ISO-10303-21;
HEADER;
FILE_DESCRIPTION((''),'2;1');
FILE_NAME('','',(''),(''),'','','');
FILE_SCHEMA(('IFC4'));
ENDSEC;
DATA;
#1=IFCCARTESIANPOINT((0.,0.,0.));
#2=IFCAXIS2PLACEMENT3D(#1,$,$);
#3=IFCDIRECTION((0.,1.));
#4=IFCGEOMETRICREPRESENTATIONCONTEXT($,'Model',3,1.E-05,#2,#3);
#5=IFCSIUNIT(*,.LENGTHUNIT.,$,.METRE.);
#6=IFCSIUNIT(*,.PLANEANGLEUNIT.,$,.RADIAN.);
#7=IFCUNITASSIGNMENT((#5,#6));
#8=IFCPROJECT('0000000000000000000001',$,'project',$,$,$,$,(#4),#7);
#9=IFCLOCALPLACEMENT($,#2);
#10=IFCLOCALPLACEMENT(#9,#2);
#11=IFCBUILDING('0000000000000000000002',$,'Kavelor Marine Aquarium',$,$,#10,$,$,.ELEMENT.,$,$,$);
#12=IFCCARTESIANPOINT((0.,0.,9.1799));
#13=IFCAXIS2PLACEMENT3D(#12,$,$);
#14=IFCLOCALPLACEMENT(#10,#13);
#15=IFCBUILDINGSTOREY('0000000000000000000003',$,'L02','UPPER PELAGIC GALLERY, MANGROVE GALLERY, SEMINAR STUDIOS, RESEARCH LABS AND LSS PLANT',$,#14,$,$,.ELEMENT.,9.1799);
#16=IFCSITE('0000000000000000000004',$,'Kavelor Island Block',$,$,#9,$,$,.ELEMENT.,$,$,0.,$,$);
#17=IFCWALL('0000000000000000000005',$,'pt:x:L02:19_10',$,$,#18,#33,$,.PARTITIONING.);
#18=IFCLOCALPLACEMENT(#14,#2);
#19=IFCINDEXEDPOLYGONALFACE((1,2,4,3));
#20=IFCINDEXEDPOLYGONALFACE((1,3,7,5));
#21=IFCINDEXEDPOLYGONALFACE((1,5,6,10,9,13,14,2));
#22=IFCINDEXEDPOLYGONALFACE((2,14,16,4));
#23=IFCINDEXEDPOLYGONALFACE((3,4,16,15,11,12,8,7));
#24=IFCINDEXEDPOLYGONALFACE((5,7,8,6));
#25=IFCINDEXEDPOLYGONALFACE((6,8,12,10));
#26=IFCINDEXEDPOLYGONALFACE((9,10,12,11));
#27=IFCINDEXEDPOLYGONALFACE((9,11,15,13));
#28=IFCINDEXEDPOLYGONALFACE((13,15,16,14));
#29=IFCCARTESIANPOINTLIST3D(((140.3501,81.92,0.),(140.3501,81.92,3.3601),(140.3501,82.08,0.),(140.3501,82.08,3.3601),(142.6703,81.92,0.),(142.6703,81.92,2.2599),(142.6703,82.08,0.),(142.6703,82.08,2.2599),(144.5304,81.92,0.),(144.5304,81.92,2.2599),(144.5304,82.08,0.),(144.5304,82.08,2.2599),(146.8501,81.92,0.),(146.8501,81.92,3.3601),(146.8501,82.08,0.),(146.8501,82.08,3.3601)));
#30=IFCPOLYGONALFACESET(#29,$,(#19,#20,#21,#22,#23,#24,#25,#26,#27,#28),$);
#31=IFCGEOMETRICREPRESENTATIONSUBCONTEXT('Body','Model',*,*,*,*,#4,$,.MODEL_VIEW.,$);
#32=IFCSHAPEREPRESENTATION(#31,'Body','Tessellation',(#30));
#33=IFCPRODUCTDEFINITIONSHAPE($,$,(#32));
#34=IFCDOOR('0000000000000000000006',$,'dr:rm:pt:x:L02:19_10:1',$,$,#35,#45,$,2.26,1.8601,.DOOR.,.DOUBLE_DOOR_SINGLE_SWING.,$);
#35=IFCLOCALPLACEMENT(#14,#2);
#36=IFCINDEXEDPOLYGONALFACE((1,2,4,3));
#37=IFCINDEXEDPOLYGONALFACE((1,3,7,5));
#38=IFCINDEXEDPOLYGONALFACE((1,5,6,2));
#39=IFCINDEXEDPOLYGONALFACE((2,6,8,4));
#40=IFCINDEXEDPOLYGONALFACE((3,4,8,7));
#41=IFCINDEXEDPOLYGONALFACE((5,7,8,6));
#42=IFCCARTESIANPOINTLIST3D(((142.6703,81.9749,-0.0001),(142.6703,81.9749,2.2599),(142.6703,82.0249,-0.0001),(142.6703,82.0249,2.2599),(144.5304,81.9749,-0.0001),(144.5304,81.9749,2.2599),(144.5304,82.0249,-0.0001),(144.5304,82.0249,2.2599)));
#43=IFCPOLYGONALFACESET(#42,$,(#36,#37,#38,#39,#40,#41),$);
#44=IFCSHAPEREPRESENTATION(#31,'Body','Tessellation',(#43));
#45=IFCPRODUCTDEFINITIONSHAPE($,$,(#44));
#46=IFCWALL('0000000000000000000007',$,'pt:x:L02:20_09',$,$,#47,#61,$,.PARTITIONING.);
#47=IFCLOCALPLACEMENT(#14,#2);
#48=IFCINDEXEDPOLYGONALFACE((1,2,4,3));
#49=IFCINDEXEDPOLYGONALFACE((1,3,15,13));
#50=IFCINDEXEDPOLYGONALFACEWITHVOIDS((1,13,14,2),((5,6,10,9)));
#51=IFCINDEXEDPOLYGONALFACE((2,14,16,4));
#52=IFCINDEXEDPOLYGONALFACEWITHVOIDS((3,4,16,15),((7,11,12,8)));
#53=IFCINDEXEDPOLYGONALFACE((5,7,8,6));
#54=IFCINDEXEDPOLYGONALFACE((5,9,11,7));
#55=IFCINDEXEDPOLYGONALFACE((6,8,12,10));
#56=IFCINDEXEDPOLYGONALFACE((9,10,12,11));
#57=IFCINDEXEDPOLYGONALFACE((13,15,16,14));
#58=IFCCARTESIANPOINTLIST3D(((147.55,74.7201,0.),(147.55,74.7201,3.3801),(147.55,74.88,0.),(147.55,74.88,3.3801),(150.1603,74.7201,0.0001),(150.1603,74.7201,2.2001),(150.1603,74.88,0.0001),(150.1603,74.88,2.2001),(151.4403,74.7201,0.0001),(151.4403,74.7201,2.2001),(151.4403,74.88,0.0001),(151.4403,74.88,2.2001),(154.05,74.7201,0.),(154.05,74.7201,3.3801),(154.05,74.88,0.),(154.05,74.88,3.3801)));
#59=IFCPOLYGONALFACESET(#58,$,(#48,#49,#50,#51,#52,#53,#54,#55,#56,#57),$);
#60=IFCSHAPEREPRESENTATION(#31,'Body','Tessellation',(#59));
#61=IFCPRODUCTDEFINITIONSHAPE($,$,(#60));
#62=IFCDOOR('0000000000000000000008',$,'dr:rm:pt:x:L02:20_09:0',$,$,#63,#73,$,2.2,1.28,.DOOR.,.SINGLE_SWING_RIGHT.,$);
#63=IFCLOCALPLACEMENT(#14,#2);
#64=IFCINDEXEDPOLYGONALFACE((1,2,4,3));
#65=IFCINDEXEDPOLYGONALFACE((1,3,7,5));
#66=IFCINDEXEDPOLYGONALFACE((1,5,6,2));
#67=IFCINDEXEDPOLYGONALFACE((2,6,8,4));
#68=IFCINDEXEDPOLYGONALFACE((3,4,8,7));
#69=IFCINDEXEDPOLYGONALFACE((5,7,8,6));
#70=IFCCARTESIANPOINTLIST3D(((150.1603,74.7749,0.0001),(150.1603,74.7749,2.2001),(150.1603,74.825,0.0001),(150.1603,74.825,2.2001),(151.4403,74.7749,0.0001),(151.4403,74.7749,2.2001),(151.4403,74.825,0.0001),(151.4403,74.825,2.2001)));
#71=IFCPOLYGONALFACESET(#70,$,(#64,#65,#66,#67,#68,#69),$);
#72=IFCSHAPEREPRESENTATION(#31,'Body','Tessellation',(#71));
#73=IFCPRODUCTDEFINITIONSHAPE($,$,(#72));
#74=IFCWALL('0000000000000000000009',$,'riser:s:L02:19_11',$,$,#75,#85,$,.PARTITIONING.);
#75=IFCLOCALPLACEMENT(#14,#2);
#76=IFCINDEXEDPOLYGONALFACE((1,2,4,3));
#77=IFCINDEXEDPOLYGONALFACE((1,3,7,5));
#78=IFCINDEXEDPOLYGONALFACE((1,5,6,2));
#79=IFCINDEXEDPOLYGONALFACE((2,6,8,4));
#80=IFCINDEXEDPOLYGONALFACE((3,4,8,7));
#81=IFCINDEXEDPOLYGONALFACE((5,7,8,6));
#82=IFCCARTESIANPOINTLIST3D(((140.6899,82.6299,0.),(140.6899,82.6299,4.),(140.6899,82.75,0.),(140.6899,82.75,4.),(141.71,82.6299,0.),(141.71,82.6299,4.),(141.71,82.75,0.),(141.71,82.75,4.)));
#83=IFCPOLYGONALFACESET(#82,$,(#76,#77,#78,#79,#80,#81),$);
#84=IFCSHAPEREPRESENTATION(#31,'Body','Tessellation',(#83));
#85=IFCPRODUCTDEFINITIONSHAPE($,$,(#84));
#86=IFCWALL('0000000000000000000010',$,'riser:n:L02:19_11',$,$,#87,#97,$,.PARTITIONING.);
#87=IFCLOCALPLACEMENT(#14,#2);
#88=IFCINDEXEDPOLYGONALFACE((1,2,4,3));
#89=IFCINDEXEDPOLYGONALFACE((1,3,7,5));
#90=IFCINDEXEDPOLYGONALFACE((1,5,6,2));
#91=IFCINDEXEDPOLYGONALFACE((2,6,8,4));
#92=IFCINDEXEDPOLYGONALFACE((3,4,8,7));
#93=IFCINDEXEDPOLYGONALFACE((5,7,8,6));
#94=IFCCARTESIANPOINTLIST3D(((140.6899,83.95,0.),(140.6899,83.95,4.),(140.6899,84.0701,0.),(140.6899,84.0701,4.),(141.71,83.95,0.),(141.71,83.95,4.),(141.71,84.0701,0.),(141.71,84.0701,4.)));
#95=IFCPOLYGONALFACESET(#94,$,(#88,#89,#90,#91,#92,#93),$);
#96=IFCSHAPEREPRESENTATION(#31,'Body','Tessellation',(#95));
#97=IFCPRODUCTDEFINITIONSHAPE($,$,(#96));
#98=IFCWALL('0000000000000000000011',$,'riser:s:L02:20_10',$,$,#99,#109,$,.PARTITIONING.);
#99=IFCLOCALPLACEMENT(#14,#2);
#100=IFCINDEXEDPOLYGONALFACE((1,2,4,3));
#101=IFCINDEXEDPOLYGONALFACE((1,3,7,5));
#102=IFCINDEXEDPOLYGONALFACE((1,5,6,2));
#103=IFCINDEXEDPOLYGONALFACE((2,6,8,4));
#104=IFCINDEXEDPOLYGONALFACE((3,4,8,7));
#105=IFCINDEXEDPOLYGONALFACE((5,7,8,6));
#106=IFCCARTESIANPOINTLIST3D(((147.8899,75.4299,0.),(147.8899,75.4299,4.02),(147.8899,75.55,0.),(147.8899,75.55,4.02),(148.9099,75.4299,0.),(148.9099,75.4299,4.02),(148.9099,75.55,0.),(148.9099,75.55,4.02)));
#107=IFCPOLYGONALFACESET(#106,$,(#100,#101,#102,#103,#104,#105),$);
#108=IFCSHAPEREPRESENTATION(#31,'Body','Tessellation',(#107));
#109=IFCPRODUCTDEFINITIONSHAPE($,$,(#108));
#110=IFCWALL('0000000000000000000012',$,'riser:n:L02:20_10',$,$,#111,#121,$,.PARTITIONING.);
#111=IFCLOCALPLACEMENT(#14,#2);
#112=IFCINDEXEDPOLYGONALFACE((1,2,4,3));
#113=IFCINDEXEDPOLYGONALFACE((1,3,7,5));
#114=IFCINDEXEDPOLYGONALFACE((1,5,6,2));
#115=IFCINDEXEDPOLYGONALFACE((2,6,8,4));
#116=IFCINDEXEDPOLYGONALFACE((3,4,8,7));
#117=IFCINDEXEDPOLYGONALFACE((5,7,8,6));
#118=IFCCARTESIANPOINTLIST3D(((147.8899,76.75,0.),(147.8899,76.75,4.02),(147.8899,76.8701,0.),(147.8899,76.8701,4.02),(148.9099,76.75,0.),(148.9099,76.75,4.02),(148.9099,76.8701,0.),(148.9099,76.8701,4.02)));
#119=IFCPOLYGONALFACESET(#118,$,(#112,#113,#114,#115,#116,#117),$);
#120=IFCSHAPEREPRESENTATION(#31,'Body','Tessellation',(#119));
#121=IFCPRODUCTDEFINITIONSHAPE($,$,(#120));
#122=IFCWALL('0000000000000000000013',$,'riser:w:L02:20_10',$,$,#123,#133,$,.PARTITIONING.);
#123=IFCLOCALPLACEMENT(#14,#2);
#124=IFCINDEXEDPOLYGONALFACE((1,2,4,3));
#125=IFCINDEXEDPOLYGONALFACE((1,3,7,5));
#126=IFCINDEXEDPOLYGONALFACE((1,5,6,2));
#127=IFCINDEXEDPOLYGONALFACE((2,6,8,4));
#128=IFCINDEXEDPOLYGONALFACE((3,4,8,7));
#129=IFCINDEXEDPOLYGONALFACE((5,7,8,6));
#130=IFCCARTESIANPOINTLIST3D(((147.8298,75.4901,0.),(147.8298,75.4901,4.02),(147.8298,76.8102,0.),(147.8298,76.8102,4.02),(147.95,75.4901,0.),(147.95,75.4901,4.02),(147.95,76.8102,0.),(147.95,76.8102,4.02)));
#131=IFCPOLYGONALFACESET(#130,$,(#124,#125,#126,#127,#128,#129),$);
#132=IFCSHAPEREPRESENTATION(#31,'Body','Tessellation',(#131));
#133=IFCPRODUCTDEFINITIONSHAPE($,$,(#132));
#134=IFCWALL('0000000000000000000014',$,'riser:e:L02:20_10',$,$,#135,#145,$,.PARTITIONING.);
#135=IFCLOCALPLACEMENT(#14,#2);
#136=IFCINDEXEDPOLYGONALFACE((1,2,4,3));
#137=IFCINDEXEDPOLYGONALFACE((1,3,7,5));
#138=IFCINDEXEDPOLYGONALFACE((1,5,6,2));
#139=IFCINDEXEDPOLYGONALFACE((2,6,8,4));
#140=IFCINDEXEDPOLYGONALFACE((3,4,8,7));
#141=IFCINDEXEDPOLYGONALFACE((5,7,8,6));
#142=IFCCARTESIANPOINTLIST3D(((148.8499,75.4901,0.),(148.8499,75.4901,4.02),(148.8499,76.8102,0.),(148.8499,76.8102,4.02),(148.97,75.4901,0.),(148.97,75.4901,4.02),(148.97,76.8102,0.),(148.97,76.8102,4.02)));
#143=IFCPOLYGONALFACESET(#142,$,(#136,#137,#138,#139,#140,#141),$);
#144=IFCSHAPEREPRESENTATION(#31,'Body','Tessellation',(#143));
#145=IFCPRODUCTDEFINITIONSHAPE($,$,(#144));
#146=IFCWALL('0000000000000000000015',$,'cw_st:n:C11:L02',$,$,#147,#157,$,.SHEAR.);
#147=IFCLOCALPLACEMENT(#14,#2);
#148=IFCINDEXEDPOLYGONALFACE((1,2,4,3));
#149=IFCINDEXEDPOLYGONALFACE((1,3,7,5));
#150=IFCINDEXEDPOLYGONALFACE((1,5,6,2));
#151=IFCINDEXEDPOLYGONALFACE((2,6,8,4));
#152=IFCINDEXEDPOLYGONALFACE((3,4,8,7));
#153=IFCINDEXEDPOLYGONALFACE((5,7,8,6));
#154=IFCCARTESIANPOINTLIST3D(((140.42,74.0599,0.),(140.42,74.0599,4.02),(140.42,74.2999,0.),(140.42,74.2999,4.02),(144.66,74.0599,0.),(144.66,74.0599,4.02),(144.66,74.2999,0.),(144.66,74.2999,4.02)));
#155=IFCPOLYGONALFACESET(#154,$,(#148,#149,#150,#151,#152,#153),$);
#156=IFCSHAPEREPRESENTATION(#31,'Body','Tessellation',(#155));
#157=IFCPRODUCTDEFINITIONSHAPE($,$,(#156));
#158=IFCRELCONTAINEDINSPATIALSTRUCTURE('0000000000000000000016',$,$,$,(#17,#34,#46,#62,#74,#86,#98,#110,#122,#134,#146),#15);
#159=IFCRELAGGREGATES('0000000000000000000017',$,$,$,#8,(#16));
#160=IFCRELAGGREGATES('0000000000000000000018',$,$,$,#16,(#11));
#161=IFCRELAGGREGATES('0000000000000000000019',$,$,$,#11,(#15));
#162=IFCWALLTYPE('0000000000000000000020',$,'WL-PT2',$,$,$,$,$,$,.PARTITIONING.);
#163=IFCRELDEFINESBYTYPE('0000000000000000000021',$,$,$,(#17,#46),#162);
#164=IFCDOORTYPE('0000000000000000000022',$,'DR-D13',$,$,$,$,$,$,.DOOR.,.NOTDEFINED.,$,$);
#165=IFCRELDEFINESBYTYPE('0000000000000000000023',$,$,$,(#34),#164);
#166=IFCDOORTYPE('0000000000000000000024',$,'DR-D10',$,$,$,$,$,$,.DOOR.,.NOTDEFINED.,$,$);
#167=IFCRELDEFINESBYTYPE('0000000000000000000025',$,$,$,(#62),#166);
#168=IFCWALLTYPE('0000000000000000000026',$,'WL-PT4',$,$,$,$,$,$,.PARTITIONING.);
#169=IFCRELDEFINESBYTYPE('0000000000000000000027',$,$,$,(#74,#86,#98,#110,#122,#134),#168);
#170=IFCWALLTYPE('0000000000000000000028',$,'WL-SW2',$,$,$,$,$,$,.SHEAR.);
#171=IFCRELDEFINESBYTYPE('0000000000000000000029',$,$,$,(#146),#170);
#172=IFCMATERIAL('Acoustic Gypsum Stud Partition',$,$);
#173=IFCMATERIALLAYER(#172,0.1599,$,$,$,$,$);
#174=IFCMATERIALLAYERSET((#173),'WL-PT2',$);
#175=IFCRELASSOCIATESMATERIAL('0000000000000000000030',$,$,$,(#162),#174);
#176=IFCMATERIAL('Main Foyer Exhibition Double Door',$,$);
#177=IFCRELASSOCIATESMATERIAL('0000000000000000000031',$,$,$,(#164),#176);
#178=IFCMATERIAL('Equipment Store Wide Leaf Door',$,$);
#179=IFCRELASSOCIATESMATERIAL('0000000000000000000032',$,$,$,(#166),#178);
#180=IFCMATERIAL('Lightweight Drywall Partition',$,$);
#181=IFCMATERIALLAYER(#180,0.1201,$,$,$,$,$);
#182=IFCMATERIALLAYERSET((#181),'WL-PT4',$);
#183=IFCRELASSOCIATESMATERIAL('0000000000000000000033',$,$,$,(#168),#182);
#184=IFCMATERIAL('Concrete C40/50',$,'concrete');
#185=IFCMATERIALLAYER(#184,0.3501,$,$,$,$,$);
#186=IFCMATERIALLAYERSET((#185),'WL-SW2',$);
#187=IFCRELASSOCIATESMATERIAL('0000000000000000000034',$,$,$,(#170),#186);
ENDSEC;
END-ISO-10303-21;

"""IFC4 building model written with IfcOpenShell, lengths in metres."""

from ifc_helpers import new_model, si_unit, direction, frame, frame_2d, origin, place, context, subcontext, project, spatial, rectangle, extrude, material, layer, layer_set, type_object, element, fill, save


model = new_model("IFC4")

# Units and contexts
model_context = context("Model", 3, precision=1e-05, world=origin(), true_north=direction((0.0, 1.0)))
body_context = subcontext(model_context, "Body", "Model", "MODEL_VIEW")
ifc_project = project(units=[si_unit("LENGTHUNIT", "METRE"), si_unit("PLANEANGLEUNIT", "RADIAN")], contexts=[model_context])

# Site, building, storey
site_placement = place(None, origin())
site = spatial("IfcSite", under=ifc_project, at=site_placement, Name="Kavelor Island Block", CompositionType="ELEMENT", RefElevation=0.0)
building_placement = place(site_placement, origin())
building = spatial("IfcBuilding", under=site, at=building_placement, Name="Kavelor Marine Aquarium", CompositionType="ELEMENT")
storey_placement = place(building_placement, frame((0.0, 0.0, 9.1799)))
storey = spatial("IfcBuildingStorey", under=building, at=storey_placement, Name="L02", Description="UPPER PELAGIC GALLERY, MANGROVE GALLERY, SEMINAR STUDIOS, RESEARCH LABS AND LSS PLANT", CompositionType="ELEMENT", Elevation=9.1799)

# Shared definitions
ifc_material_1 = material(Name="Acoustic Gypsum Stud Partition")
ifc_layer_1 = layer(ifc_material_1, 0.1599)
ifc_layer_set_1 = layer_set([ifc_layer_1], Name="WL-PT2")
wall_type_1 = type_object("IfcWallType", Name="WL-PT2", PredefinedType="PARTITIONING", material=ifc_layer_set_1)

# Walls, openings, doors
wall_1_placement = place(storey_placement, frame((140.3501, 82.0, 0.0), z_axis=(0.0, 0.0, 1.0), x_axis=(1.0, 0.0, 0.0)))
wall_1 = element("IfcWall", 1, at=wall_1_placement, inside=storey, type_object=wall_type_1, Name="pt:x:L02:19_10", PredefinedType="PARTITIONING", context=body_context, shape_type="SweptSolid", body=[
    extrude(rectangle(XDim=6.5, YDim=0.1599, at=frame_2d((3.25, 0.0))), origin(), (0.0, 0.0, 1.0), 3.3601),
])
opening_1_placement = place(wall_1_placement, frame((2.3201, 0.0, 0.0)))
opening_1 = element("IfcOpeningElement", 2, at=opening_1_placement, cuts=wall_1, PredefinedType="OPENING", context=body_context, shape_type="SweptSolid", body=[
    extrude(rectangle(XDim=1.8601, YDim=2.26, at=frame_2d((0.9302, 1.1299))), frame((0.0, 0.0898, 0.0), z_axis=(0.0, -1.0, 0.0), x_axis=(1.0, 0.0, 0.0)), (0.0, 0.0, 1.0), 0.1799),
])
ifc_material_2 = material(Name="Main Foyer Exhibition Double Door")
door_type_1 = type_object("IfcDoorType", Name="DR-D13", OperationType="NOTDEFINED", PredefinedType="DOOR", material=ifc_material_2)
door_1_placement = place(opening_1_placement, origin())
door_1 = element("IfcDoor", 3, at=door_1_placement, inside=storey, type_object=door_type_1, Name="dr:rm:pt:x:L02:19_10:1", OperationType="DOUBLE_DOOR_SINGLE_SWING", OverallHeight=2.26, OverallWidth=1.8601, PredefinedType="DOOR", context=body_context, shape_type="SweptSolid", body=[
    extrude(rectangle(XDim=1.8601, YDim=2.26, at=frame_2d((0.9302, 1.1299))), frame((0.0, 0.0249, 0.0), z_axis=(0.0, -1.0, 0.0), x_axis=(1.0, 0.0, 0.0)), (0.0, 0.0, 1.0), 0.05),
])
fill(opening_1, door_1)
wall_2_placement = place(storey_placement, frame((147.55, 74.8, 0.0), z_axis=(0.0, 0.0, 1.0), x_axis=(1.0, 0.0, 0.0)))
wall_2 = element("IfcWall", 4, at=wall_2_placement, inside=storey, type_object=wall_type_1, Name="pt:x:L02:20_09", PredefinedType="PARTITIONING", context=body_context, shape_type="SweptSolid", body=[
    extrude(rectangle(XDim=6.5, YDim=0.1599, at=frame_2d((3.25, 0.0))), origin(), (0.0, 0.0, 1.0), 3.3801),
])
opening_2_placement = place(wall_2_placement, frame((2.6101, 0.0, 0.0)))
opening_2 = element("IfcOpeningElement", 5, at=opening_2_placement, cuts=wall_2, PredefinedType="OPENING", context=body_context, shape_type="SweptSolid", body=[
    extrude(rectangle(XDim=1.28, YDim=2.2, at=frame_2d((0.6401, 1.1001))), frame((0.0, 0.0898, 0.0), z_axis=(0.0, -1.0, 0.0), x_axis=(1.0, 0.0, 0.0)), (0.0, 0.0, 1.0), 0.1799),
])
ifc_material_3 = material(Name="Equipment Store Wide Leaf Door")
door_type_2 = type_object("IfcDoorType", Name="DR-D10", OperationType="NOTDEFINED", PredefinedType="DOOR", material=ifc_material_3)
door_2_placement = place(opening_2_placement, origin())
door_2 = element("IfcDoor", 6, at=door_2_placement, inside=storey, type_object=door_type_2, Name="dr:rm:pt:x:L02:20_09:0", OperationType="SINGLE_SWING_RIGHT", OverallHeight=2.2, OverallWidth=1.28, PredefinedType="DOOR", context=body_context, shape_type="SweptSolid", body=[
    extrude(rectangle(XDim=1.28, YDim=2.2, at=frame_2d((0.6401, 1.1001))), frame((0.0, 0.0249, 0.0), z_axis=(0.0, -1.0, 0.0), x_axis=(1.0, 0.0, 0.0)), (0.0, 0.0, 1.0), 0.05),
])
fill(opening_2, door_2)

# Walls
ifc_material_4 = material(Name="Lightweight Drywall Partition")
ifc_layer_2 = layer(ifc_material_4, 0.1201)
ifc_layer_set_2 = layer_set([ifc_layer_2], Name="WL-PT4")
wall_type_2 = type_object("IfcWallType", Name="WL-PT4", PredefinedType="PARTITIONING", material=ifc_layer_set_2)
for number, where, z_axis, x_axis, name in (
    (7, (140.6899, 82.6899, 0.0), (0.0, 0.0, 1.0), (1.0, 0.0, 0.0), "riser:s:L02:19_11"),
    (8, (140.6899, 84.01, 0.0), (0.0, 0.0, 1.0), (1.0, 0.0, 0.0), "riser:n:L02:19_11"),
):
    element("IfcWall", number, at=place(storey_placement, frame(where, z_axis=z_axis, x_axis=x_axis)), inside=storey, type_object=wall_type_2, Name=name, PredefinedType="PARTITIONING", context=body_context, shape_type="SweptSolid", body=[
        extrude(rectangle(XDim=1.02, YDim=0.1201, at=frame_2d((0.51, 0.0))), origin(), (0.0, 0.0, 1.0), 4.0),
    ])
for number, where, z_axis, x_axis, name in (
    (9, (147.8899, 75.49, 0.0), (0.0, 0.0, 1.0), (1.0, 0.0, 0.0), "riser:s:L02:20_10"),
    (10, (147.8899, 76.8101, 0.0), (0.0, 0.0, 1.0), (1.0, 0.0, 0.0), "riser:n:L02:20_10"),
):
    element("IfcWall", number, at=place(storey_placement, frame(where, z_axis=z_axis, x_axis=x_axis)), inside=storey, type_object=wall_type_2, Name=name, PredefinedType="PARTITIONING", context=body_context, shape_type="SweptSolid", body=[
        extrude(rectangle(XDim=1.02, YDim=0.1201, at=frame_2d((0.51, 0.0))), origin(), (0.0, 0.0, 1.0), 4.02),
    ])
for number, where, z_axis, x_axis, name in (
    (11, (147.8899, 75.49, 0.0), (0.0, 0.0, 1.0), (0.0, 1.0, 0.0), "riser:w:L02:20_10"),
    (12, (148.9099, 75.49, 0.0), (0.0, 0.0, 1.0), (0.0, 1.0, 0.0), "riser:e:L02:20_10"),
):
    element("IfcWall", number, at=place(storey_placement, frame(where, z_axis=z_axis, x_axis=x_axis)), inside=storey, type_object=wall_type_2, Name=name, PredefinedType="PARTITIONING", context=body_context, shape_type="SweptSolid", body=[
        extrude(rectangle(XDim=1.3201, YDim=0.1201, at=frame_2d((0.6602, 0.0))), origin(), (0.0, 0.0, 1.0), 4.02),
    ])
ifc_material_5 = material(Name="Concrete C40/50", Category="concrete")
ifc_layer_3 = layer(ifc_material_5, 0.3501)
ifc_layer_set_3 = layer_set([ifc_layer_3], Name="WL-SW2")
wall_type_3 = type_object("IfcWallType", Name="WL-SW2", PredefinedType="SHEAR", material=ifc_layer_set_3)
wall_3_placement = place(storey_placement, frame((140.4199, 74.1799, 0.0), z_axis=(0.0, 0.0, 1.0), x_axis=(1.0, 0.0, 0.0)))
element("IfcWall", 13, at=wall_3_placement, inside=storey, type_object=wall_type_3, Name="cw_st:n:C11:L02", PredefinedType="SHEAR", context=body_context, shape_type="SweptSolid", body=[
    extrude(rectangle(XDim=4.24, YDim=0.24, at=frame_2d((2.1201, 0.0))), origin(), (0.0, 0.0, 1.0), 4.02),
])

save(model, "model.ifc")
